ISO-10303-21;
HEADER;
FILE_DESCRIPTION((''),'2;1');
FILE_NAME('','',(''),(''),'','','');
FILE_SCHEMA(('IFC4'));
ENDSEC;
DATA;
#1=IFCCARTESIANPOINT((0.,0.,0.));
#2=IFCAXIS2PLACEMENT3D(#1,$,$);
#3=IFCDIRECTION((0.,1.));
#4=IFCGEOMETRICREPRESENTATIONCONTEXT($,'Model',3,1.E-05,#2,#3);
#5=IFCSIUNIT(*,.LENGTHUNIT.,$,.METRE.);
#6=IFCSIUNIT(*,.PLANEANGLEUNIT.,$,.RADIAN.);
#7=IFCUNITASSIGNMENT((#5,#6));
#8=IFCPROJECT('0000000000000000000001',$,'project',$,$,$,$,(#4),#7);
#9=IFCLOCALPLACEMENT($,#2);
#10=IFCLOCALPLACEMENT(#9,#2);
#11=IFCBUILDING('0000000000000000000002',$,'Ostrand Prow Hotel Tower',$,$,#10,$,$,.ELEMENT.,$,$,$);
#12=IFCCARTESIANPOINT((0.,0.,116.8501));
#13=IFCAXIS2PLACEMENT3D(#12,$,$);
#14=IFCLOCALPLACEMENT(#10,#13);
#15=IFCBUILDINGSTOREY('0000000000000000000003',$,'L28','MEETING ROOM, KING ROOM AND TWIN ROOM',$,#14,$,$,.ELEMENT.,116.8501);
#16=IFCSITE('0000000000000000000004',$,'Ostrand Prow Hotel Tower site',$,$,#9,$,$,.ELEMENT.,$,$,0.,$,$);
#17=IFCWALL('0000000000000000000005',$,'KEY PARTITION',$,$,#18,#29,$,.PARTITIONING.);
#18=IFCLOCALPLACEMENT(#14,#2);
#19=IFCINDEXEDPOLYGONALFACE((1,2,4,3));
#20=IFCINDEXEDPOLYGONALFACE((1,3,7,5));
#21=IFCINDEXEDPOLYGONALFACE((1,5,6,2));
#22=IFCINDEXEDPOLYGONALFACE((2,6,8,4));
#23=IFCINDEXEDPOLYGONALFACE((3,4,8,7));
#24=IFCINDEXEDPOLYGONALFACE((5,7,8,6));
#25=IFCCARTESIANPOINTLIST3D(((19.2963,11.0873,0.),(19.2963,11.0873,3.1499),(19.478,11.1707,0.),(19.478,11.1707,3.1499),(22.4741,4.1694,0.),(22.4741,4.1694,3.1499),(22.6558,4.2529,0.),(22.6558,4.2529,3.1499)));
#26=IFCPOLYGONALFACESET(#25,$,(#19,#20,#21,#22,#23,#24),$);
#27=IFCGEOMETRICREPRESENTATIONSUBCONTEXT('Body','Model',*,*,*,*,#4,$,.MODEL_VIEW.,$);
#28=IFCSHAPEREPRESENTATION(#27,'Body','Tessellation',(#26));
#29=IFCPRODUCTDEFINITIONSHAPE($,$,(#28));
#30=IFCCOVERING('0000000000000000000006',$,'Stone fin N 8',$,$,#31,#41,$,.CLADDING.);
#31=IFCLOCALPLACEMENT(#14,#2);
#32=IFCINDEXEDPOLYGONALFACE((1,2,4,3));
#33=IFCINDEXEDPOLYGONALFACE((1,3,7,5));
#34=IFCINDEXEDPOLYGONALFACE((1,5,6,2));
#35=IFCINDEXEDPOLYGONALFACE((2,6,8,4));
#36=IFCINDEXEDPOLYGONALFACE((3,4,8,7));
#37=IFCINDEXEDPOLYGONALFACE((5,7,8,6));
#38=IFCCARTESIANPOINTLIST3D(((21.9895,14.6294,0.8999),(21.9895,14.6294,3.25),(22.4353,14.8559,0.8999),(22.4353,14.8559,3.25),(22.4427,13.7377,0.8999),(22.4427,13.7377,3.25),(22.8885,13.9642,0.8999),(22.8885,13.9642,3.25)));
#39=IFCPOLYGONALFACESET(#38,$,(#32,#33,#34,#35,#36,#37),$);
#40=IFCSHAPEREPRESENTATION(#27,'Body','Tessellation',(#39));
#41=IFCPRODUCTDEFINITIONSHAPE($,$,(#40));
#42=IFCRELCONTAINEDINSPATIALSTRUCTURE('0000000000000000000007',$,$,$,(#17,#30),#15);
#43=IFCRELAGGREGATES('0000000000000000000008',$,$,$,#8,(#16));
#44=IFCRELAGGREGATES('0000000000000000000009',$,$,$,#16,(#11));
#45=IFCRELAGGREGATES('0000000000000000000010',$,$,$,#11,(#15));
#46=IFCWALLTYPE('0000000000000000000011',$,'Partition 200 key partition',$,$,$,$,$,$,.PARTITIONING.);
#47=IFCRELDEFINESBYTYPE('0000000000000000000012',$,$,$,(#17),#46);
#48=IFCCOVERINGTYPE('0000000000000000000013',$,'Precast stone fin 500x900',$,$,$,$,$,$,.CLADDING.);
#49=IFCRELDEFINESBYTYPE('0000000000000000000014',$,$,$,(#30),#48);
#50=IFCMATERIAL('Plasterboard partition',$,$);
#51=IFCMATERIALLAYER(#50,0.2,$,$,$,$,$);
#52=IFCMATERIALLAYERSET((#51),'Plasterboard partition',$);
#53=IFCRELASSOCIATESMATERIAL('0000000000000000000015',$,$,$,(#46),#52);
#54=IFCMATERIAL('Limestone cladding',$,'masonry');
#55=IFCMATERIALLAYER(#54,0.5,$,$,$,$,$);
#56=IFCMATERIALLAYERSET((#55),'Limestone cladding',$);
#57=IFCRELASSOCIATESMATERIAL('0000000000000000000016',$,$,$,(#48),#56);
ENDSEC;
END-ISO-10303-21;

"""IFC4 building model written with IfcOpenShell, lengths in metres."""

from ifc_helpers import new_model, si_unit, direction, frame, frame_2d, origin, place, context, subcontext, project, spatial, rectangle, extrude, material, layer, layer_set, type_object, element, save


model = new_model("IFC4")

# Units and contexts
model_context = context("Model", 3, precision=1e-05, world=origin(), true_north=direction((0.0, 1.0)))
body_context = subcontext(model_context, "Body", "Model", "MODEL_VIEW")
ifc_project = project(units=[si_unit("LENGTHUNIT", "METRE"), si_unit("PLANEANGLEUNIT", "RADIAN")], contexts=[model_context])

# Site, building, storey
site_placement = place(None, origin())
site = spatial("IfcSite", under=ifc_project, at=site_placement, Name="Ostrand Prow Hotel Tower site", CompositionType="ELEMENT", RefElevation=0.0)
building_placement = place(site_placement, origin())
building = spatial("IfcBuilding", under=site, at=building_placement, Name="Ostrand Prow Hotel Tower", CompositionType="ELEMENT")
storey_placement = place(building_placement, frame((0.0, 0.0, 116.8501)))
storey = spatial("IfcBuildingStorey", under=building, at=storey_placement, Name="L28", Description="MEETING ROOM, KING ROOM AND TWIN ROOM", CompositionType="ELEMENT", Elevation=116.8501)

# Wall
ifc_material_1 = material(Name="Plasterboard partition")
ifc_layer_1 = layer(ifc_material_1, 0.2)
ifc_layer_set_1 = layer_set([ifc_layer_1], Name="Plasterboard partition")
wall_type_1 = type_object("IfcWallType", Name="Partition 200 key partition", PredefinedType="PARTITIONING", material=ifc_layer_set_1)
wall_1_placement = place(storey_placement, frame((22.5649, 4.2112, 0.0), z_axis=(0.0, 0.0, 1.0), x_axis=(-0.417426, 0.908711, 0.0)))
element("IfcWall", 1, at=wall_1_placement, inside=storey, type_object=wall_type_1, Name="KEY PARTITION", PredefinedType="PARTITIONING", context=body_context, shape_type="SweptSolid", body=[
    extrude(rectangle(XDim=7.6128, YDim=0.2, at=frame_2d((3.8064, 0.0))), origin(), (0.0, 0.0, 1.0), 3.1499),
])

# Covering
ifc_material_2 = material(Name="Limestone cladding", Category="masonry")
ifc_layer_2 = layer(ifc_material_2, 0.5)
ifc_layer_set_2 = layer_set([ifc_layer_2], Name="Limestone cladding")
covering_type = type_object("IfcCoveringType", Name="Precast stone fin 500x900", PredefinedType="CLADDING", material=ifc_layer_set_2)
covering_placement = place(storey_placement, frame((22.6655, 13.8511, 0.8999), z_axis=(0.0, 0.0, 1.0), x_axis=(-0.453063, 0.891479, 0.0)))
element("IfcCovering", 2, at=covering_placement, inside=storey, type_object=covering_type, Name="Stone fin N 8", PredefinedType="CLADDING", context=body_context, shape_type="SweptSolid", body=[
    extrude(rectangle(XDim=1.0002, YDim=0.5, at=frame_2d((0.5, 0.0))), origin(), (0.0, 0.0, 1.0), 2.3501),
])

save(model, "model.ifc")
